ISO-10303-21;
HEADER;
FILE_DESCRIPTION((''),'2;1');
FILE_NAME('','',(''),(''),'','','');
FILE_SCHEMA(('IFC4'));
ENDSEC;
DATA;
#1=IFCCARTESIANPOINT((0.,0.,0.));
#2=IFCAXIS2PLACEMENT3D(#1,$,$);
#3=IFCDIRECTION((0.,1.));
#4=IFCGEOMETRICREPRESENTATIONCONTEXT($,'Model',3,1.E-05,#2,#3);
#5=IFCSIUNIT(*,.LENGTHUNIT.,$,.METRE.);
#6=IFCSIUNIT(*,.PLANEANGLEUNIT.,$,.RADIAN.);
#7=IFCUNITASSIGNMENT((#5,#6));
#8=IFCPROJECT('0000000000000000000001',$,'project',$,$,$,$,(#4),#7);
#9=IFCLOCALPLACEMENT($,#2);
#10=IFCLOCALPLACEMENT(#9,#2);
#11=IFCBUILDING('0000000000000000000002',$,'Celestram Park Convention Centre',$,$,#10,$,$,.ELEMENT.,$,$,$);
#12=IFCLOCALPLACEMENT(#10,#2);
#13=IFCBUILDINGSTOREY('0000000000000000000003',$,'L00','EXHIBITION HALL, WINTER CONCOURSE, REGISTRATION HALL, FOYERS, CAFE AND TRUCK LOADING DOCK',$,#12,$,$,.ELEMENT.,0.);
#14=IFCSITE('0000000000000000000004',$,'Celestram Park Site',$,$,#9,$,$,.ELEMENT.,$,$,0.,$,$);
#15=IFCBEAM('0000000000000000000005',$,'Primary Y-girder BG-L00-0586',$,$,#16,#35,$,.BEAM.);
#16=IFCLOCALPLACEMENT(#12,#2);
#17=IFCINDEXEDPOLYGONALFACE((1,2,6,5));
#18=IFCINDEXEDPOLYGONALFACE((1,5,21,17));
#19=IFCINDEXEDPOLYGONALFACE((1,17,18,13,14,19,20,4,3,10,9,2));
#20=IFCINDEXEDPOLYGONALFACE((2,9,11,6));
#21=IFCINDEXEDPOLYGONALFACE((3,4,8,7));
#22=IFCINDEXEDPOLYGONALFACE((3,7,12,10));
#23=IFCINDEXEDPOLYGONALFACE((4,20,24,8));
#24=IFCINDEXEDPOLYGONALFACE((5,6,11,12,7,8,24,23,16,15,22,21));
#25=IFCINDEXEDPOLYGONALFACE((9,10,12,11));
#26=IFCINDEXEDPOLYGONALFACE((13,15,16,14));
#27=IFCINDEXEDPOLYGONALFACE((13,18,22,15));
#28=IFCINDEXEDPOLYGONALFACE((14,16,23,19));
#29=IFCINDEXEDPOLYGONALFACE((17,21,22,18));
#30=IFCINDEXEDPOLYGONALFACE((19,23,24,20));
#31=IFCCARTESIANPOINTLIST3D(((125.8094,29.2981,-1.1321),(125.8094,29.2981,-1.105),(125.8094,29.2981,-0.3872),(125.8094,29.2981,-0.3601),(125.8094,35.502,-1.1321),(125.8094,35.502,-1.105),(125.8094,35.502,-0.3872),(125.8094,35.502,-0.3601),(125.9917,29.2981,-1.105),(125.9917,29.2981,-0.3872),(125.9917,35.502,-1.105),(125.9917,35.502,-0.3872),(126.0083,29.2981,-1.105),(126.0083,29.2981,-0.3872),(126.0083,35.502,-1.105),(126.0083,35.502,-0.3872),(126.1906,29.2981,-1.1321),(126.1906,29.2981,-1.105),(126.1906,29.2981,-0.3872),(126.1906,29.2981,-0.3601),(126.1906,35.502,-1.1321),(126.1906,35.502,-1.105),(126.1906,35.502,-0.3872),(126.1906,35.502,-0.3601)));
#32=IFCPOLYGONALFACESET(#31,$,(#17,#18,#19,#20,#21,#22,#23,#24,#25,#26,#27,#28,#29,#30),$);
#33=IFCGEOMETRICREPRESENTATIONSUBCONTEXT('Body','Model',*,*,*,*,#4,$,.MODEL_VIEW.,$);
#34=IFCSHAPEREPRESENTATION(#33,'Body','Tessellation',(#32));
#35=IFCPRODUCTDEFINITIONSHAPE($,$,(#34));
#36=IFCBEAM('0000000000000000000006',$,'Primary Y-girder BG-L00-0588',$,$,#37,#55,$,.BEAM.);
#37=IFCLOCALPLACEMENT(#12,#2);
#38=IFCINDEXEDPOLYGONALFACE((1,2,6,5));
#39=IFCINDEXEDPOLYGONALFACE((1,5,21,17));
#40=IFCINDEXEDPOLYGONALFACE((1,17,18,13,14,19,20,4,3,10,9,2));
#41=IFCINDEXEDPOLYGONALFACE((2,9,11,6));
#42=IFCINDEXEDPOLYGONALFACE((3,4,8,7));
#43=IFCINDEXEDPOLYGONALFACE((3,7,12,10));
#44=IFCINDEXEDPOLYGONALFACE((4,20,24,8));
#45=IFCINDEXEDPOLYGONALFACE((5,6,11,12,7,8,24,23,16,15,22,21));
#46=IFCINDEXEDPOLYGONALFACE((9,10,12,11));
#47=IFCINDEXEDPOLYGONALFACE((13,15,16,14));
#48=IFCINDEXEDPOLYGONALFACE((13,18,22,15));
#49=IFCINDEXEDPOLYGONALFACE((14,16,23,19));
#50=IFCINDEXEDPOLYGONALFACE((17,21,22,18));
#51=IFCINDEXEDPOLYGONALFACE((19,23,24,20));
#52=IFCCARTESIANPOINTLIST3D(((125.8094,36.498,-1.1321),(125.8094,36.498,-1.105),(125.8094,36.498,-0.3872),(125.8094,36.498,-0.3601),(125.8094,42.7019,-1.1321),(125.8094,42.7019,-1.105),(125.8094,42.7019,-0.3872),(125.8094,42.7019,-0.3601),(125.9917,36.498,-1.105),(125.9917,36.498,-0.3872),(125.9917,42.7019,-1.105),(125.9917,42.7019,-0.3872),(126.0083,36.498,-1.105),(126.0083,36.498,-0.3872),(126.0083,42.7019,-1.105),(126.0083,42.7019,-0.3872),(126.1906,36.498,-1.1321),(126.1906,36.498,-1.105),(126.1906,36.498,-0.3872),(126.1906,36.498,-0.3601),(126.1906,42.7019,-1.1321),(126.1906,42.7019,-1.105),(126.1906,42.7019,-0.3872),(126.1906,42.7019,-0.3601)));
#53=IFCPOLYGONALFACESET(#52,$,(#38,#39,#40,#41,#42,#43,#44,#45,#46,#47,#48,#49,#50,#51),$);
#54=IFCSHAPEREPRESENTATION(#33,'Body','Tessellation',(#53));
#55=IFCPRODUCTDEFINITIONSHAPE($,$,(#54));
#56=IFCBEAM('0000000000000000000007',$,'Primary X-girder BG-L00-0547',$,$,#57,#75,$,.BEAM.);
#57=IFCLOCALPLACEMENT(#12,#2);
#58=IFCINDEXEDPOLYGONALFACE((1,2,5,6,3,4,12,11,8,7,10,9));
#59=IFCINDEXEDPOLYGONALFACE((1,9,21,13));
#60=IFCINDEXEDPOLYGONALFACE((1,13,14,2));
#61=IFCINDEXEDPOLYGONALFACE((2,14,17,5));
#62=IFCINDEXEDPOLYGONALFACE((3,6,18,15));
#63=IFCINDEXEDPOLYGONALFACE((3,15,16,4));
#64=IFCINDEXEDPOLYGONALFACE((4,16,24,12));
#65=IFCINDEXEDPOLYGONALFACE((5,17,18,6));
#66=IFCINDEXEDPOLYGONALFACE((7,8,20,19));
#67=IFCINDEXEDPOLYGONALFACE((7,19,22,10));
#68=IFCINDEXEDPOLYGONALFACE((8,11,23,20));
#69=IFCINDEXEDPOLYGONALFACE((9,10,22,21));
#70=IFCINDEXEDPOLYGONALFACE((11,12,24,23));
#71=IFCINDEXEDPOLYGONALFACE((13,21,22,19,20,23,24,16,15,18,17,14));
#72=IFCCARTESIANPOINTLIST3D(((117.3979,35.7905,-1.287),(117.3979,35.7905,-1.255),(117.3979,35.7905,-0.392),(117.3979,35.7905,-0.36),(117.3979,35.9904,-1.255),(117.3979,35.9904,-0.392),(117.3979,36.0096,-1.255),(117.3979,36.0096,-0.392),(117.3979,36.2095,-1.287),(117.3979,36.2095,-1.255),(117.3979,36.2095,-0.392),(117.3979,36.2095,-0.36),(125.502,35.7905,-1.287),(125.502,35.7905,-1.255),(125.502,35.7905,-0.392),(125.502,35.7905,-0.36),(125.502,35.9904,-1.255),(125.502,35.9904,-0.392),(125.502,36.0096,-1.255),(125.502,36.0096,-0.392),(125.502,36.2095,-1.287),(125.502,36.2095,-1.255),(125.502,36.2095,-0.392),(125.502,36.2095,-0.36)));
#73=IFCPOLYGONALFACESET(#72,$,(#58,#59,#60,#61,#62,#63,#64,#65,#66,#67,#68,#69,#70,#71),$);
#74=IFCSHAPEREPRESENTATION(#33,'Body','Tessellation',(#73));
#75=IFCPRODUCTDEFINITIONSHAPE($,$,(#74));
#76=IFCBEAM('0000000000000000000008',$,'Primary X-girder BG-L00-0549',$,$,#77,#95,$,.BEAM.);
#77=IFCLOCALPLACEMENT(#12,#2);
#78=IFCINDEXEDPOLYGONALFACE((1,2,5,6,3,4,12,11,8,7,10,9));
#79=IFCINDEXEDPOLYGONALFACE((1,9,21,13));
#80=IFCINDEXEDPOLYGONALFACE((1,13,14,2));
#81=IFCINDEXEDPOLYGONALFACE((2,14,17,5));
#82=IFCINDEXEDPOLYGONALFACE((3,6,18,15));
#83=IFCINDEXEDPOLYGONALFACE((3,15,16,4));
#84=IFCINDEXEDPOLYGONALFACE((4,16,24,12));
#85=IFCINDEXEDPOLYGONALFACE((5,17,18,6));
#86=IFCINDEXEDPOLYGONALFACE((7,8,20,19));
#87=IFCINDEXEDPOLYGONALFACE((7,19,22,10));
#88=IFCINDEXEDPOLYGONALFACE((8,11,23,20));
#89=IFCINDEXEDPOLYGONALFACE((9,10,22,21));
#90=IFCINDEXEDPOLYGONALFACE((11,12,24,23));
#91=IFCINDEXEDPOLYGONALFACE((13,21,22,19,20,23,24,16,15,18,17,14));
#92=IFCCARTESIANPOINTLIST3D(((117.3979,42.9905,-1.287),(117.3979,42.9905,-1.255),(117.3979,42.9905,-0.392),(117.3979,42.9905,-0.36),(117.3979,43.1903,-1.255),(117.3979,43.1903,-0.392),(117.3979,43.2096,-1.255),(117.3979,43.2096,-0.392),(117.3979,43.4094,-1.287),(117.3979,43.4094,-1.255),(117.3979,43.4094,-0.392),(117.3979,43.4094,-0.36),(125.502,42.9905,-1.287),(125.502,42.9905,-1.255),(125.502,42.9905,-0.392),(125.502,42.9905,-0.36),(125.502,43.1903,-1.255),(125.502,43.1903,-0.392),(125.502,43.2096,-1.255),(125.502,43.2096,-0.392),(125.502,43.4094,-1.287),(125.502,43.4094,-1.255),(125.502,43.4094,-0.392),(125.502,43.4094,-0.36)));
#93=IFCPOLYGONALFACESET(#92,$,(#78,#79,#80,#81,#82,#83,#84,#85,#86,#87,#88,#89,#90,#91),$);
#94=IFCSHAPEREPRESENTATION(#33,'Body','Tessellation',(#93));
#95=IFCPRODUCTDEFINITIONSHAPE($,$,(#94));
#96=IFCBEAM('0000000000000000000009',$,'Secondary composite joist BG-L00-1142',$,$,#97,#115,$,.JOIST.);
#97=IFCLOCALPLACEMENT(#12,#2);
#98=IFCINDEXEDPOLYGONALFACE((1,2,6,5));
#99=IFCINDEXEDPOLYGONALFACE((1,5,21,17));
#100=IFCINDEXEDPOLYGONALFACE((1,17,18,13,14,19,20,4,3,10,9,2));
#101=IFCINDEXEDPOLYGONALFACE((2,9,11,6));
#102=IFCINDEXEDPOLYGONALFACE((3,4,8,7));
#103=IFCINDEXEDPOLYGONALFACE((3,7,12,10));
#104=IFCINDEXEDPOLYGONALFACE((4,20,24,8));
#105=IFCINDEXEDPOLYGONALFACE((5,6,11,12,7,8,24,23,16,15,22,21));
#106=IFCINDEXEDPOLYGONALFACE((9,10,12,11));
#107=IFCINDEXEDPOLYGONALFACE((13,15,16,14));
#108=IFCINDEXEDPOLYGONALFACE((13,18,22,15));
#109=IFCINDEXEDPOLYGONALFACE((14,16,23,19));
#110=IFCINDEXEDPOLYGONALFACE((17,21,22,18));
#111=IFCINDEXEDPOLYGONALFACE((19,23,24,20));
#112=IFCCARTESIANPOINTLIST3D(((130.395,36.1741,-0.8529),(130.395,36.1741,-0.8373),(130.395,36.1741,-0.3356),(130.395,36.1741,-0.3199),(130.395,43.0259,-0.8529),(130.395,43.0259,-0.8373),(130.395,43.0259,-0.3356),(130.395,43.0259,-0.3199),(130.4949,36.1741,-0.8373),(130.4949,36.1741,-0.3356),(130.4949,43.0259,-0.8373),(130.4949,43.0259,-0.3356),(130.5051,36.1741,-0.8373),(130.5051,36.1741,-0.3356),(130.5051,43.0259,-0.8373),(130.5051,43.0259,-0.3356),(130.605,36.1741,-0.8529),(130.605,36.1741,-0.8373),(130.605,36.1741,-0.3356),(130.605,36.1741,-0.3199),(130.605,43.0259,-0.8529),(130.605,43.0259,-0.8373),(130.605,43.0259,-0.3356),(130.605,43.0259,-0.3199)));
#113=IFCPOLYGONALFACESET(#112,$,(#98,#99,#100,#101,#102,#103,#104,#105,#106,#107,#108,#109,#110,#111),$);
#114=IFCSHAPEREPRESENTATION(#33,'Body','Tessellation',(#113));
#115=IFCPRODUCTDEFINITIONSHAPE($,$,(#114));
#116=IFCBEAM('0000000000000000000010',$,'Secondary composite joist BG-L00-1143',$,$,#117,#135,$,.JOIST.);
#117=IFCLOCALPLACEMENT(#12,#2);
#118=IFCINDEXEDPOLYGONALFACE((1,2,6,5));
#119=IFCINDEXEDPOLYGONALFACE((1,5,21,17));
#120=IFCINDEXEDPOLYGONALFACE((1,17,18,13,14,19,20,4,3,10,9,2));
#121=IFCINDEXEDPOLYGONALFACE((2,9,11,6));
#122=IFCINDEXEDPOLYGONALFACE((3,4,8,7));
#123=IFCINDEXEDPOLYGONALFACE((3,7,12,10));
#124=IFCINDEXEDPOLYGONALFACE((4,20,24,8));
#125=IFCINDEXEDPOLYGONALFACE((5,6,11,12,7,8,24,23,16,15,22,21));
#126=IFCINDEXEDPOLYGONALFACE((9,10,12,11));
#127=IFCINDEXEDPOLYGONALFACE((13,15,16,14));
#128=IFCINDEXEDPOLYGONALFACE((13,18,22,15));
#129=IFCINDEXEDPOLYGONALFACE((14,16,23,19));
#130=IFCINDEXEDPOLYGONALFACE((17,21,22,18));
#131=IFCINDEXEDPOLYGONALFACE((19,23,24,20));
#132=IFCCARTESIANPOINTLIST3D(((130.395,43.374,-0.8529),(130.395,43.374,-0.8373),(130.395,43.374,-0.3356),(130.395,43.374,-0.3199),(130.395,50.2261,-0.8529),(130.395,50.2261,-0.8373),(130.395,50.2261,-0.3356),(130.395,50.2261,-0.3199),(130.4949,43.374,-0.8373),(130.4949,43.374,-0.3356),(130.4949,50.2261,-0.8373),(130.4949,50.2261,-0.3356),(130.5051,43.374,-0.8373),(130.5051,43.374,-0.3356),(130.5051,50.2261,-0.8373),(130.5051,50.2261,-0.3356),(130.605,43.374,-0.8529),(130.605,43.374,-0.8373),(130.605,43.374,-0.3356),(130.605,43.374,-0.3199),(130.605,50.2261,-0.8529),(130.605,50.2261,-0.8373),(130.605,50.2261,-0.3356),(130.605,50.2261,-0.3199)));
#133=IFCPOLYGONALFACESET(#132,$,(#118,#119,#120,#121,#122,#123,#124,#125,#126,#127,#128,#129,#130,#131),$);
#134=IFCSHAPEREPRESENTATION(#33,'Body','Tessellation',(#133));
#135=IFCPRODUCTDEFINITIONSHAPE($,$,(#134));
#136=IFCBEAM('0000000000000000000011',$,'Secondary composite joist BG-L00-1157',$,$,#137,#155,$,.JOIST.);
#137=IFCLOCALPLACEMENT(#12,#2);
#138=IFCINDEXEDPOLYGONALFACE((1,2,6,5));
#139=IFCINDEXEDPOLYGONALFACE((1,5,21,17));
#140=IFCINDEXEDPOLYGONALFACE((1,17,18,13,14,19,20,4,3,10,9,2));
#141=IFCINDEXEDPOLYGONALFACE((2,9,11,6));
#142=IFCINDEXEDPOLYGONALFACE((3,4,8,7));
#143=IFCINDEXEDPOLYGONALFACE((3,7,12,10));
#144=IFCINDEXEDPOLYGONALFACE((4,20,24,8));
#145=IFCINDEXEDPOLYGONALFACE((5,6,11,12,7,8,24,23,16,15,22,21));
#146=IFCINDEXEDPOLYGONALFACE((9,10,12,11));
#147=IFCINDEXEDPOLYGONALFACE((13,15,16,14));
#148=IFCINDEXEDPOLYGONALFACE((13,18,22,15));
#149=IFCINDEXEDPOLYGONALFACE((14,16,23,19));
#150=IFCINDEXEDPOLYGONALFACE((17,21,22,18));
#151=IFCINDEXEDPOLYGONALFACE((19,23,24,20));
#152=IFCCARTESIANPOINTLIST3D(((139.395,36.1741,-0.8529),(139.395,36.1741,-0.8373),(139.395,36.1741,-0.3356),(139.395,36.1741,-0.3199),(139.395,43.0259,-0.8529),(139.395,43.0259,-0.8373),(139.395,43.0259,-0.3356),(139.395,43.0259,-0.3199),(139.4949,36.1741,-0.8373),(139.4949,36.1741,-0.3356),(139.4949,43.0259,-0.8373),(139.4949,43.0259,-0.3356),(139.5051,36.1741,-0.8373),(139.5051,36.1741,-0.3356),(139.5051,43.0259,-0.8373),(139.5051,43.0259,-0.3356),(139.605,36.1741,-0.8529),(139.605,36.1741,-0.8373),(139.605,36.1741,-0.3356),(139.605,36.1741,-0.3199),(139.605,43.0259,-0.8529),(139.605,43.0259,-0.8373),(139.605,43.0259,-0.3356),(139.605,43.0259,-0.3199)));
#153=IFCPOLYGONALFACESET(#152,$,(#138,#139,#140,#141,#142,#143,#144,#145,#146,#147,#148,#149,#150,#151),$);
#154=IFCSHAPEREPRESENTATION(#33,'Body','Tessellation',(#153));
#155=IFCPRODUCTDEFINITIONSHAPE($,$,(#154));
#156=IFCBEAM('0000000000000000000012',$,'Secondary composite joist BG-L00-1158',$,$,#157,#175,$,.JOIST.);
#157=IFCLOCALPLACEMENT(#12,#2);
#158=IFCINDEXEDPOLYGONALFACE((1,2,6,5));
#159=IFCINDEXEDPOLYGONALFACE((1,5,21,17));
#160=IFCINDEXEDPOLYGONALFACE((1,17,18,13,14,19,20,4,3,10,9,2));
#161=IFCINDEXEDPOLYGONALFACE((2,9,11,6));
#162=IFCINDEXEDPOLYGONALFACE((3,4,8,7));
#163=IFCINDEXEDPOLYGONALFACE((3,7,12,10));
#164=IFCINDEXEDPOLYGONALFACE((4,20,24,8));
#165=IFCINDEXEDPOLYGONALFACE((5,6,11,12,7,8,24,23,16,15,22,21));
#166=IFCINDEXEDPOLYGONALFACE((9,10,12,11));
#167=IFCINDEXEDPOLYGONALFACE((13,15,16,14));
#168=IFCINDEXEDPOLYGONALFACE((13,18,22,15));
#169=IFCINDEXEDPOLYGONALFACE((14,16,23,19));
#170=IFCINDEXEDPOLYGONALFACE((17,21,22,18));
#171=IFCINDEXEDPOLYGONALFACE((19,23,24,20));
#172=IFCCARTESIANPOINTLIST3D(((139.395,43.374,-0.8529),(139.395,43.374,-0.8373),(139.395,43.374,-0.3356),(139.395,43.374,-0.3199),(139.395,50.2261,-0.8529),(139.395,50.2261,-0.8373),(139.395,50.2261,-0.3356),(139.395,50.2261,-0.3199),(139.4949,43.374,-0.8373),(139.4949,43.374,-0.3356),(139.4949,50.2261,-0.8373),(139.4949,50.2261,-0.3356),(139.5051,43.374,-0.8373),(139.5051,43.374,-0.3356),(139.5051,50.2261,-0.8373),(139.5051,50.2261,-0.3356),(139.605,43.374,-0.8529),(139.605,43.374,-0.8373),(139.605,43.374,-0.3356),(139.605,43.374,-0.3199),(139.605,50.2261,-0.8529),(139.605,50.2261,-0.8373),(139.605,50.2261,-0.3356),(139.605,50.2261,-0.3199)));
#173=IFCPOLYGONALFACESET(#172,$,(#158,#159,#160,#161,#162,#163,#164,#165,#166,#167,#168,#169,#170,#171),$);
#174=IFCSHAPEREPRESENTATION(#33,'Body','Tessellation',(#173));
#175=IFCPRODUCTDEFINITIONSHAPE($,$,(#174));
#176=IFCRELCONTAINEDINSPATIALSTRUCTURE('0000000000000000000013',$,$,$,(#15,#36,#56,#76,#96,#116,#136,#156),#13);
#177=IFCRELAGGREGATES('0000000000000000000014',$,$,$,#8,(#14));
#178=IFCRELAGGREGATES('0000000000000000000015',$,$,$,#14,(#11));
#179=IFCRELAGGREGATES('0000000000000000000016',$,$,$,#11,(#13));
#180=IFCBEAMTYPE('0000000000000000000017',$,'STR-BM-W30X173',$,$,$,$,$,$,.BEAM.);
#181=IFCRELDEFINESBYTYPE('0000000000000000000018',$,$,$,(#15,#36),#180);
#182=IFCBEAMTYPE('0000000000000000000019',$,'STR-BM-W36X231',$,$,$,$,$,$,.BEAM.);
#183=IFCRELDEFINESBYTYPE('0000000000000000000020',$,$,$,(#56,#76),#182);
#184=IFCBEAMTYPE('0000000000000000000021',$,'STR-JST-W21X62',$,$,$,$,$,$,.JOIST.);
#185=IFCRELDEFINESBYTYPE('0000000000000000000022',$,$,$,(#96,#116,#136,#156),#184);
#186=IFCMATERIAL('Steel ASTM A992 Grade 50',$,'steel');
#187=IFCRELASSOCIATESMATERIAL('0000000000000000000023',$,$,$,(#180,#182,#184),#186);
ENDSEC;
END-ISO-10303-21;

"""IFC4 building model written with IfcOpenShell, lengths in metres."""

from ifc_helpers import new_model, si_unit, direction, frame, origin, origin_2d, place, context, subcontext, project, spatial, i_section, extrude, material, material_profile, profile_set, type_object, element, save


model = new_model("IFC4")

# Units and contexts
model_context = context("Model", 3, precision=1e-05, world=origin(), true_north=direction((0.0, 1.0)))
body_context = subcontext(model_context, "Body", "Model", "MODEL_VIEW")
ifc_project = project(units=[si_unit("LENGTHUNIT", "METRE"), si_unit("PLANEANGLEUNIT", "RADIAN")], contexts=[model_context])

# Site, building, storey
site_placement = place(None, origin())
site = spatial("IfcSite", under=ifc_project, at=site_placement, Name="Celestram Park Site", CompositionType="ELEMENT", RefElevation=0.0)
building_placement = place(site_placement, origin())
building = spatial("IfcBuilding", under=site, at=building_placement, Name="Celestram Park Convention Centre", CompositionType="ELEMENT")
storey_placement = place(building_placement, origin())
storey = spatial("IfcBuildingStorey", under=building, at=storey_placement, Name="L00", Description="EXHIBITION HALL, WINTER CONCOURSE, REGISTRATION HALL, FOYERS, CAFE AND TRUCK LOADING DOCK", CompositionType="ELEMENT", Elevation=0.0)

# Beams
ifc_material_1 = material(Name="Steel ASTM A992 Grade 50", Category="steel")
ifc_material_profile_1 = material_profile(ifc_material_1, i_section(OverallWidth=0.3811, OverallDepth=0.772, WebThickness=0.0166, FlangeThickness=0.0271, at=origin_2d()), Name="W30X173")
ifc_profile_set_1 = profile_set([ifc_material_profile_1], Name="Steel ASTM A992 Grade 50")
beam_type_1 = type_object("IfcBeamType", Name="STR-BM-W30X173", PredefinedType="BEAM", material=ifc_profile_set_1)
for number, where, z_axis, x_axis, name in (
    (1, (126.0, 29.2981, -0.7461), (0.0, 1.0, 0.0), (-1.0, 0.0, 0.0), "Primary Y-girder BG-L00-0586"),
    (2, (126.0, 36.498, -0.7461), (0.0, 1.0, 0.0), (-1.0, 0.0, 0.0), "Primary Y-girder BG-L00-0588"),
):
    element("IfcBeam", number, at=place(storey_placement, frame(where, z_axis=z_axis, x_axis=x_axis)), inside=storey, type_object=beam_type_1, Name=name, PredefinedType="BEAM", context=body_context, shape_type="SweptSolid", body=[
        extrude(i_section(OverallWidth=0.3811, OverallDepth=0.772, WebThickness=0.0166, FlangeThickness=0.0271, at=origin_2d()), origin(), (0.0, 0.0, 1.0), 6.2039),
    ])
ifc_material_profile_2 = material_profile(ifc_material_1, i_section(OverallWidth=0.4189, OverallDepth=0.927, WebThickness=0.0193, FlangeThickness=0.032, at=origin_2d()), Name="W36X231")
ifc_profile_set_2 = profile_set([ifc_material_profile_2], Name="Steel ASTM A992 Grade 50")
beam_type_2 = type_object("IfcBeamType", Name="STR-BM-W36X231", PredefinedType="BEAM", material=ifc_profile_set_2)
for number, where, z_axis, x_axis, name in (
    (3, (117.3979, 36.0, -0.8235), (1.0, 0.0, 0.0), (0.0, 1.0, 0.0), "Primary X-girder BG-L00-0547"),
    (4, (117.3979, 43.2, -0.8235), (1.0, 0.0, 0.0), (0.0, 1.0, 0.0), "Primary X-girder BG-L00-0549"),
):
    element("IfcBeam", number, at=place(storey_placement, frame(where, z_axis=z_axis, x_axis=x_axis)), inside=storey, type_object=beam_type_2, Name=name, PredefinedType="BEAM", context=body_context, shape_type="SweptSolid", body=[
        extrude(i_section(OverallWidth=0.4189, OverallDepth=0.927, WebThickness=0.0193, FlangeThickness=0.032, at=origin_2d()), origin(), (0.0, 0.0, 1.0), 8.104),
    ])
ifc_material_profile_3 = material_profile(ifc_material_1, i_section(OverallWidth=0.21, OverallDepth=0.533, WebThickness=0.0103, FlangeThickness=0.0156, at=origin_2d()), Name="W21X62")
ifc_profile_set_3 = profile_set([ifc_material_profile_3], Name="Steel ASTM A992 Grade 50")
beam_type_3 = type_object("IfcBeamType", Name="STR-JST-W21X62", PredefinedType="JOIST", material=ifc_profile_set_3)
beam_1_placement = place(storey_placement, frame((130.5, 36.1741, -0.5864), z_axis=(0.0, 1.0, 0.0), x_axis=(-1.0, 0.0, 0.0)))
element("IfcBeam", 5, at=beam_1_placement, inside=storey, type_object=beam_type_3, Name="Secondary composite joist BG-L00-1142", PredefinedType="JOIST", context=body_context, shape_type="SweptSolid", body=[
    extrude(i_section(OverallWidth=0.21, OverallDepth=0.533, WebThickness=0.0103, FlangeThickness=0.0156, at=origin_2d()), origin(), (0.0, 0.0, 1.0), 6.8518),
])
beam_2_placement = place(storey_placement, frame((130.5, 43.374, -0.5864), z_axis=(0.0, 1.0, 0.0), x_axis=(-1.0, 0.0, 0.0)))
element("IfcBeam", 6, at=beam_2_placement, inside=storey, type_object=beam_type_3, Name="Secondary composite joist BG-L00-1143", PredefinedType="JOIST", context=body_context, shape_type="SweptSolid", body=[
    extrude(i_section(OverallWidth=0.21, OverallDepth=0.533, WebThickness=0.0103, FlangeThickness=0.0156, at=origin_2d()), origin(), (0.0, 0.0, 1.0), 6.8521),
])
beam_3_placement = place(storey_placement, frame((139.5, 36.1741, -0.5864), z_axis=(0.0, 1.0, 0.0), x_axis=(-1.0, 0.0, 0.0)))
element("IfcBeam", 7, at=beam_3_placement, inside=storey, type_object=beam_type_3, Name="Secondary composite joist BG-L00-1157", PredefinedType="JOIST", context=body_context, shape_type="SweptSolid", body=[
    extrude(i_section(OverallWidth=0.21, OverallDepth=0.533, WebThickness=0.0103, FlangeThickness=0.0156, at=origin_2d()), origin(), (0.0, 0.0, 1.0), 6.8518),
])
beam_4_placement = place(storey_placement, frame((139.5, 43.374, -0.5864), z_axis=(0.0, 1.0, 0.0), x_axis=(-1.0, 0.0, 0.0)))
element("IfcBeam", 8, at=beam_4_placement, inside=storey, type_object=beam_type_3, Name="Secondary composite joist BG-L00-1158", PredefinedType="JOIST", context=body_context, shape_type="SweptSolid", body=[
    extrude(i_section(OverallWidth=0.21, OverallDepth=0.533, WebThickness=0.0103, FlangeThickness=0.0156, at=origin_2d()), origin(), (0.0, 0.0, 1.0), 6.8521),
])

save(model, "model.ifc")
